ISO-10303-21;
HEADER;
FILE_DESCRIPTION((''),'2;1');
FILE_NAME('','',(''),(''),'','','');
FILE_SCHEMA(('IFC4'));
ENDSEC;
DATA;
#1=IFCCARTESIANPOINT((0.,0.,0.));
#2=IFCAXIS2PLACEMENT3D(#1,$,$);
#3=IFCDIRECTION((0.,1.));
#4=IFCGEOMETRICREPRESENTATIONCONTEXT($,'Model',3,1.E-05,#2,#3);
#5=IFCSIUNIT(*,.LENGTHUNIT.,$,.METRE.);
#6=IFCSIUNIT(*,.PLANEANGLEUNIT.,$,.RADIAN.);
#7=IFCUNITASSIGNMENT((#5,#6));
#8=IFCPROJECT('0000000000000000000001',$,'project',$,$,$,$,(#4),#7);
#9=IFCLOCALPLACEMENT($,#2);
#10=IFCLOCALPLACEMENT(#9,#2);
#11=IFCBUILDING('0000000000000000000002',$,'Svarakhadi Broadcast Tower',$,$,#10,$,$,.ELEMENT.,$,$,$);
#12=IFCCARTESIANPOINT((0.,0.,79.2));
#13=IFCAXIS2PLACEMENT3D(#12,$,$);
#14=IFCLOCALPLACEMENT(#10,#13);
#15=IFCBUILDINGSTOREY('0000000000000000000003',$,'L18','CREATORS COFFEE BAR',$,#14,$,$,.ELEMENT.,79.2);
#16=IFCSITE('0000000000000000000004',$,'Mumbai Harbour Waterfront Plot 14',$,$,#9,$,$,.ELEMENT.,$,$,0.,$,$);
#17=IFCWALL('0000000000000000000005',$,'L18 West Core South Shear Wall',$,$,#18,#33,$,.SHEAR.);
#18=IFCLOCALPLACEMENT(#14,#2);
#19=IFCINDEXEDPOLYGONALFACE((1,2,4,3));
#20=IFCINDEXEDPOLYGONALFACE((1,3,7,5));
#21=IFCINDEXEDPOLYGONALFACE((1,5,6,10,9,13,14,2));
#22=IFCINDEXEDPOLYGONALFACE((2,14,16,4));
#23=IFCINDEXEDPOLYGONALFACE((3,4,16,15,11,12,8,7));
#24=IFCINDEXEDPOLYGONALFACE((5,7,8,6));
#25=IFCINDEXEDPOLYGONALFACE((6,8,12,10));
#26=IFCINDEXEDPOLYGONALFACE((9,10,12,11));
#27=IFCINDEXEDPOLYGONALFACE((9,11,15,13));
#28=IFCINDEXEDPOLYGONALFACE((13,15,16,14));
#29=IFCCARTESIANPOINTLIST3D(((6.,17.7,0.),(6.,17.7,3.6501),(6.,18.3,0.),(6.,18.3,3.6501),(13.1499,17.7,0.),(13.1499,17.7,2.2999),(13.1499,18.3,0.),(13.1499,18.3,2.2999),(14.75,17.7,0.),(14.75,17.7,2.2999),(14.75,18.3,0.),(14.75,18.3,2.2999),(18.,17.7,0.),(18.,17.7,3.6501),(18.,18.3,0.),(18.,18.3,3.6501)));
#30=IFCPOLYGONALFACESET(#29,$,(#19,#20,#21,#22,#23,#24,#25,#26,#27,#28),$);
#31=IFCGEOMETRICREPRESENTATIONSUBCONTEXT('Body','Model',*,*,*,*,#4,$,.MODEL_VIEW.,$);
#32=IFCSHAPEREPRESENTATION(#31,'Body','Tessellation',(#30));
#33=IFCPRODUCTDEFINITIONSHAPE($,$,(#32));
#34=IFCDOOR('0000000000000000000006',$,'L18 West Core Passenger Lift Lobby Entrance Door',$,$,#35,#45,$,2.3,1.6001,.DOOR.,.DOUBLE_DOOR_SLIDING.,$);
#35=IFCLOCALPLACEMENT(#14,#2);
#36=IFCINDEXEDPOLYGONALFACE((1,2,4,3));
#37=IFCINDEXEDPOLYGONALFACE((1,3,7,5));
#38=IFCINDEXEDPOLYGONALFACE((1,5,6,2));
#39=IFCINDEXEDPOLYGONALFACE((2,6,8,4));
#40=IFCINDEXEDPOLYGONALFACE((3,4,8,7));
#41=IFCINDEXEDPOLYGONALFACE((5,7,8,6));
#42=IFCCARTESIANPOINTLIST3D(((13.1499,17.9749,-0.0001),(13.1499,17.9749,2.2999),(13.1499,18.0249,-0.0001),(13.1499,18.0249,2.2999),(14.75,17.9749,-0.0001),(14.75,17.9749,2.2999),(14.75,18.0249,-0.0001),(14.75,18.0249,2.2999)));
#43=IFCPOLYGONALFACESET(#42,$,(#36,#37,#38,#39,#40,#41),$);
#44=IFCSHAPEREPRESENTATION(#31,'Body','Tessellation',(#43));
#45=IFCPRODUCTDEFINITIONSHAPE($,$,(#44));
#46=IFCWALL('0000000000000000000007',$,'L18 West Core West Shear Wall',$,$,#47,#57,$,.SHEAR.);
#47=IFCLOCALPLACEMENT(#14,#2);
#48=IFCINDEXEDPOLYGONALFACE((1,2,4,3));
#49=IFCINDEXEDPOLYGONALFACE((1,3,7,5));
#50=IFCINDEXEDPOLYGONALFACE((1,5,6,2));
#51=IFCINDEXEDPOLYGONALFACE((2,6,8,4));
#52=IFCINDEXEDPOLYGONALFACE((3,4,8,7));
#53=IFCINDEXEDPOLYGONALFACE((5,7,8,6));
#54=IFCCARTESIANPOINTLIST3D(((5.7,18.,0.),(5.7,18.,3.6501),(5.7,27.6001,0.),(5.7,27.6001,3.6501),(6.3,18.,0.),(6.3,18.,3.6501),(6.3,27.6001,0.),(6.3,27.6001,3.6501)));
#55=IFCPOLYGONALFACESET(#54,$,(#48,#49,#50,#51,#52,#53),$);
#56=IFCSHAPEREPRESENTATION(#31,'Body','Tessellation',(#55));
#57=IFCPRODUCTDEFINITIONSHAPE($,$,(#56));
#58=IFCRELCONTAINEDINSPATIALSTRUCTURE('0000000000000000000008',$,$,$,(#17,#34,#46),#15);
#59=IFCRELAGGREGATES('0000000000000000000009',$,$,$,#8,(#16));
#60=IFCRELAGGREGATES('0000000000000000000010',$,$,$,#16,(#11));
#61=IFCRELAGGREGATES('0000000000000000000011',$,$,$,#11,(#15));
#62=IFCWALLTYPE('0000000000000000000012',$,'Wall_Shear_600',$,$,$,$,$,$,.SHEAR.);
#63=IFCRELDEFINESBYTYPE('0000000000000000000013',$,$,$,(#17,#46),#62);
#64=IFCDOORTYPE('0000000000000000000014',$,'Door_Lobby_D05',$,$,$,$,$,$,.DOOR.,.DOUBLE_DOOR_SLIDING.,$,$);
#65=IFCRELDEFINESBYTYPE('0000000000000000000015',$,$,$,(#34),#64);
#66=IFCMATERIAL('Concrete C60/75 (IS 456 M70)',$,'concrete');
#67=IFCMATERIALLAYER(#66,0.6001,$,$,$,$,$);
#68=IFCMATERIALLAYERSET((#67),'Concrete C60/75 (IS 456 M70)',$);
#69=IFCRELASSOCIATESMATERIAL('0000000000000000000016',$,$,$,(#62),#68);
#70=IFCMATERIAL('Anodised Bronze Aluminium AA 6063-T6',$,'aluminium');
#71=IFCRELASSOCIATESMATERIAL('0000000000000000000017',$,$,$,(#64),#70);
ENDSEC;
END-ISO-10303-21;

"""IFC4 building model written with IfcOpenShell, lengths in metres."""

from ifc_helpers import new_model, si_unit, direction, frame, frame_2d, origin, place, context, subcontext, project, spatial, rectangle, extrude, material, layer, layer_set, type_object, element, fill, save


model = new_model("IFC4")

# Units and contexts
model_context = context("Model", 3, precision=1e-05, world=origin(), true_north=direction((0.0, 1.0)))
body_context = subcontext(model_context, "Body", "Model", "MODEL_VIEW")
ifc_project = project(units=[si_unit("LENGTHUNIT", "METRE"), si_unit("PLANEANGLEUNIT", "RADIAN")], contexts=[model_context])

# Site, building, storey
site_placement = place(None, origin())
site = spatial("IfcSite", under=ifc_project, at=site_placement, Name="Mumbai Harbour Waterfront Plot 14", CompositionType="ELEMENT", RefElevation=0.0)
building_placement = place(site_placement, origin())
building = spatial("IfcBuilding", under=site, at=building_placement, Name="Svarakhadi Broadcast Tower", CompositionType="ELEMENT")
storey_placement = place(building_placement, frame((0.0, 0.0, 79.2)))
storey = spatial("IfcBuildingStorey", under=building, at=storey_placement, Name="L18", Description="CREATORS COFFEE BAR", CompositionType="ELEMENT", Elevation=79.2)

# Shared definitions
ifc_material_1 = material(Name="Concrete C60/75 (IS 456 M70)", Category="concrete")

# Wall, opening, door
ifc_layer_1 = layer(ifc_material_1, 0.6001)
ifc_layer_set_1 = layer_set([ifc_layer_1], Name="Concrete C60/75 (IS 456 M70)")
wall_type_1 = type_object("IfcWallType", Name="Wall_Shear_600", PredefinedType="SHEAR", material=ifc_layer_set_1)
wall_1_placement = place(storey_placement, frame((6.0, 18.0, 0.0), z_axis=(0.0, 0.0, 1.0), x_axis=(1.0, 0.0, 0.0)))
wall_1 = element("IfcWall", 1, at=wall_1_placement, inside=storey, type_object=wall_type_1, Name="L18 West Core South Shear Wall", PredefinedType="SHEAR", context=body_context, shape_type="SweptSolid", body=[
    extrude(rectangle(XDim=12.0, YDim=0.6001, at=frame_2d((6.0, 0.0))), origin(), (0.0, 0.0, 1.0), 3.6501),
])
opening_1_placement = place(wall_1_placement, frame((7.1499, 0.0, 0.0)))
opening_1 = element("IfcOpeningElement", 2, at=opening_1_placement, cuts=wall_1, PredefinedType="OPENING", context=body_context, shape_type="SweptSolid", body=[
    extrude(rectangle(XDim=1.6001, YDim=2.3, at=frame_2d((0.8, 1.1499))), frame((0.0, 0.3101, 0.0), z_axis=(0.0, -1.0, 0.0), x_axis=(1.0, 0.0, 0.0)), (0.0, 0.0, 1.0), 0.6201),
])
ifc_material_2 = material(Name="Anodised Bronze Aluminium AA 6063-T6", Category="aluminium")
door_type_1 = type_object("IfcDoorType", Name="Door_Lobby_D05", OperationType="DOUBLE_DOOR_SLIDING", PredefinedType="DOOR", material=ifc_material_2)
door_1_placement = place(opening_1_placement, origin())
door_1 = element("IfcDoor", 3, at=door_1_placement, inside=storey, type_object=door_type_1, Name="L18 West Core Passenger Lift Lobby Entrance Door", OperationType="DOUBLE_DOOR_SLIDING", OverallHeight=2.3, OverallWidth=1.6001, PredefinedType="DOOR", context=body_context, shape_type="SweptSolid", body=[
    extrude(rectangle(XDim=1.6001, YDim=2.3, at=frame_2d((0.8, 1.1499))), frame((0.0, 0.0249, 0.0), z_axis=(0.0, -1.0, 0.0), x_axis=(1.0, 0.0, 0.0)), (0.0, 0.0, 1.0), 0.05),
])
fill(opening_1, door_1)

# Wall
wall_2_placement = place(storey_placement, frame((6.0, 18.0, 0.0), z_axis=(0.0, 0.0, 1.0), x_axis=(0.0, 1.0, 0.0)))
element("IfcWall", 4, at=wall_2_placement, inside=storey, type_object=wall_type_1, Name="L18 West Core West Shear Wall", PredefinedType="SHEAR", context=body_context, shape_type="SweptSolid", body=[
    extrude(rectangle(XDim=9.6001, YDim=0.6001, at=frame_2d((4.8, 0.0))), origin(), (0.0, 0.0, 1.0), 3.6501),
])

save(model, "model.ifc")
